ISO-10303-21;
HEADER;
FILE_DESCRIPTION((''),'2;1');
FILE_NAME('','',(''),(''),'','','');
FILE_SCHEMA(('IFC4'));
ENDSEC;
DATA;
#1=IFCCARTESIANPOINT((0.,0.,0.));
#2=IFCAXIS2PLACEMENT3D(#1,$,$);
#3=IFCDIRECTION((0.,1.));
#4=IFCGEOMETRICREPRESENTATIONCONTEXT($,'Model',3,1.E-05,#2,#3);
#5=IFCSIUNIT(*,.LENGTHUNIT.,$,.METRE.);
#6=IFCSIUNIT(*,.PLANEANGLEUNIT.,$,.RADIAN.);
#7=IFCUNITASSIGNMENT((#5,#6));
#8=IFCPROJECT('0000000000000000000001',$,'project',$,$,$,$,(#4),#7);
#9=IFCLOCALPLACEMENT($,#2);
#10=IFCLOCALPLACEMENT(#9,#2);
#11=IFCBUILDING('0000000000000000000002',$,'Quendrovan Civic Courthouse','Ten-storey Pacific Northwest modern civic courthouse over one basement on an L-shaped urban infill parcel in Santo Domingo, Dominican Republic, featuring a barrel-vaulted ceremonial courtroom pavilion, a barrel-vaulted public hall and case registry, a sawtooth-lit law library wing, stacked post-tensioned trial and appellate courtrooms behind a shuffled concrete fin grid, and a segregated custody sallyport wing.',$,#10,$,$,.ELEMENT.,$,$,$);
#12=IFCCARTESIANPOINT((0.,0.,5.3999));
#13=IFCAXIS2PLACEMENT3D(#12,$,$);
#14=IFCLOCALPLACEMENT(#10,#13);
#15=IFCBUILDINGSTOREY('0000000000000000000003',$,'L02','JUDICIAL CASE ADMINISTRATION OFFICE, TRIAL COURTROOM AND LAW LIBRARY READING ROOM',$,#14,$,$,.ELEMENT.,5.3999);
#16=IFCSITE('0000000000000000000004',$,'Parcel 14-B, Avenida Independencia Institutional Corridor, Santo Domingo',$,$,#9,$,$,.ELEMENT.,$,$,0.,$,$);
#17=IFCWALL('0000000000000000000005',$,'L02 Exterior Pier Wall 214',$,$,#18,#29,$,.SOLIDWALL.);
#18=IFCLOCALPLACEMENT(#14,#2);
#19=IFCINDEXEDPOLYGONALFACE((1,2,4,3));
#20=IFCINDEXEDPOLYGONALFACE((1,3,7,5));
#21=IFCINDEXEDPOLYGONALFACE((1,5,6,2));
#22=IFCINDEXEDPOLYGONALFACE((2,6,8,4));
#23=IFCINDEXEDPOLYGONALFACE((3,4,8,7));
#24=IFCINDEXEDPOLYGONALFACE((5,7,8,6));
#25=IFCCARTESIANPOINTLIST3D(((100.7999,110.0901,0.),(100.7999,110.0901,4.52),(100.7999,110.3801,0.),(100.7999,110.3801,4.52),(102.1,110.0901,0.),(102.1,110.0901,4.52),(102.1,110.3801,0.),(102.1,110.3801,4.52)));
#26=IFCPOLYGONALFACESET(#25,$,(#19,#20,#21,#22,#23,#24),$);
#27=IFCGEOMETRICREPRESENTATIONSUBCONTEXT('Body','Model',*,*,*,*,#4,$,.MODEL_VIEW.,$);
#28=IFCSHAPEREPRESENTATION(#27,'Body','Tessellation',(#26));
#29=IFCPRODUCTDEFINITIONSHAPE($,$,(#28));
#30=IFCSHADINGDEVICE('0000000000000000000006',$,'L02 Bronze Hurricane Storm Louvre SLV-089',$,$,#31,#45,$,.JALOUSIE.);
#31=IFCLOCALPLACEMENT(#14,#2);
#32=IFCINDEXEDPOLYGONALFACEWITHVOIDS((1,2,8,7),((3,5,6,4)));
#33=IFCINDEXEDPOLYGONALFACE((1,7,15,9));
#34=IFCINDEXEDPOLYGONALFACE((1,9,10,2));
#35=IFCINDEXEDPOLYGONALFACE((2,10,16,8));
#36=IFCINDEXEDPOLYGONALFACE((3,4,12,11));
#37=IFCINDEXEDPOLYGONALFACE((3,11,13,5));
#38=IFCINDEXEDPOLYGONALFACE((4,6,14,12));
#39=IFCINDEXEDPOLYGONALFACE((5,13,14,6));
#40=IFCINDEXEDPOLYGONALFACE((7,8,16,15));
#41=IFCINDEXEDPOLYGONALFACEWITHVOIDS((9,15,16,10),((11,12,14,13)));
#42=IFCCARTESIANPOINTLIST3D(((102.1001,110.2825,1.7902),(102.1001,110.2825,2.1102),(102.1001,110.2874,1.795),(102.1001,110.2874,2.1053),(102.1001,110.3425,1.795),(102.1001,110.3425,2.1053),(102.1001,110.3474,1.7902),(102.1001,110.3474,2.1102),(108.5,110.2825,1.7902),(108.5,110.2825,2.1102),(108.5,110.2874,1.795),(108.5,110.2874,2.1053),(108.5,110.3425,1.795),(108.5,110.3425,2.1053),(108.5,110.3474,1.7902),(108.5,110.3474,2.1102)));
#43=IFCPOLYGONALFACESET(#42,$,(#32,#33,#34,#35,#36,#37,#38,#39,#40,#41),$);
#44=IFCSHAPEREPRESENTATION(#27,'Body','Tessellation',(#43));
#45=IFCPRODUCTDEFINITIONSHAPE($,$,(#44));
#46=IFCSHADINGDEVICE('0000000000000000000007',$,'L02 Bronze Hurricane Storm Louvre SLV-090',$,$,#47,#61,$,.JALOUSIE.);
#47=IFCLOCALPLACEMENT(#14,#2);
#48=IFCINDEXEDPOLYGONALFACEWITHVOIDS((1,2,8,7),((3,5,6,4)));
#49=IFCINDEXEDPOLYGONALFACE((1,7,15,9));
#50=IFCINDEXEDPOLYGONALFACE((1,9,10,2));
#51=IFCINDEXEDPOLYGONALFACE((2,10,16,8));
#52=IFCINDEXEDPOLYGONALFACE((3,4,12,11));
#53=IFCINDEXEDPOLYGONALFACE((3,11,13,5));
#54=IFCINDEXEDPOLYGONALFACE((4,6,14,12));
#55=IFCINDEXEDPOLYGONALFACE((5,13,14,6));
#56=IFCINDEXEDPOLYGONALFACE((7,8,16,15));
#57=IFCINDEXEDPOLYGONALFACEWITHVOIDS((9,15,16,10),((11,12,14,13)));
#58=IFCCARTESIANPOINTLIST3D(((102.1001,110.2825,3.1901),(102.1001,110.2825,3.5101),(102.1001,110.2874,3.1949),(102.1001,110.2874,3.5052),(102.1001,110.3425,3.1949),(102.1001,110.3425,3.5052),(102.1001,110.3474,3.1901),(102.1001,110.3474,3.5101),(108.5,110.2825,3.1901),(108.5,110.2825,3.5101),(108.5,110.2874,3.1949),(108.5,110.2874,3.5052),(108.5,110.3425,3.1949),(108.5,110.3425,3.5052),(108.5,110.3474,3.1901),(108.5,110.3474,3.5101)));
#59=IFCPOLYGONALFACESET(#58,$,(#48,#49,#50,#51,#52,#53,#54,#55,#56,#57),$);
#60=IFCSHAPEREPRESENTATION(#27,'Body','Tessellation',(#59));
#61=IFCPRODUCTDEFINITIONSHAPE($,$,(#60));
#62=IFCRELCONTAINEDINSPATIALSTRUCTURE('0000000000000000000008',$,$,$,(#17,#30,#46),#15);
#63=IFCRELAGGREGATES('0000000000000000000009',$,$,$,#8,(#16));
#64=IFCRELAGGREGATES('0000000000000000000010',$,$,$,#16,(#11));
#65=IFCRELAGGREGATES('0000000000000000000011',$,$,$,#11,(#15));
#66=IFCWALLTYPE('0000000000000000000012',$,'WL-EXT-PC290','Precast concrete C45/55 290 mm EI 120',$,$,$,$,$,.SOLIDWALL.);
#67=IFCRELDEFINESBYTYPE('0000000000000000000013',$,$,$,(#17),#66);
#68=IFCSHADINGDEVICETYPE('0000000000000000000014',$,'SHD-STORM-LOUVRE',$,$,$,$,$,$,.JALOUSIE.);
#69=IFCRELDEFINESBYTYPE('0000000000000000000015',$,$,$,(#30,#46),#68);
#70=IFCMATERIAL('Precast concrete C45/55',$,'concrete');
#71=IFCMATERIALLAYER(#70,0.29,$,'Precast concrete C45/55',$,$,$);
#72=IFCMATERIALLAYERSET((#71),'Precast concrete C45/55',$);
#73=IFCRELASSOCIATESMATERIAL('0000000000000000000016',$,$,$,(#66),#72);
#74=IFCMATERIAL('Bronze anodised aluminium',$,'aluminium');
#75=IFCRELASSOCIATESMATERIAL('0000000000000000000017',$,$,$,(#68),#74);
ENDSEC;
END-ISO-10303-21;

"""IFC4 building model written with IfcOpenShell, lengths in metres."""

from ifc_helpers import new_model, si_unit, direction, frame, frame_2d, origin, origin_2d, place, context, subcontext, project, spatial, rectangle, hollow_rectangle, extrude, material, layer, layer_set, material_profile, profile_set, type_object, element, save


model = new_model("IFC4")

# Units and contexts
model_context = context("Model", 3, precision=1e-05, world=origin(), true_north=direction((0.0, 1.0)))
body_context = subcontext(model_context, "Body", "Model", "MODEL_VIEW")
ifc_project = project(units=[si_unit("LENGTHUNIT", "METRE"), si_unit("PLANEANGLEUNIT", "RADIAN")], contexts=[model_context])

# Site, building, storey
site_placement = place(None, origin())
site = spatial("IfcSite", under=ifc_project, at=site_placement, Name="Parcel 14-B, Avenida Independencia Institutional Corridor, Santo Domingo", CompositionType="ELEMENT", RefElevation=0.0)
building_placement = place(site_placement, origin())
building = spatial("IfcBuilding", under=site, at=building_placement, Name="Quendrovan Civic Courthouse", Description="Ten-storey Pacific Northwest modern civic courthouse over one basement on an L-shaped urban infill parcel in Santo Domingo, Dominican Republic, featuring a barrel-vaulted ceremonial courtroom pavilion, a barrel-vaulted public hall and case registry, a sawtooth-lit law library wing, stacked post-tensioned trial and appellate courtrooms behind a shuffled concrete fin grid, and a segregated custody sallyport wing.", CompositionType="ELEMENT")
storey_placement = place(building_placement, frame((0.0, 0.0, 5.3999)))
storey = spatial("IfcBuildingStorey", under=building, at=storey_placement, Name="L02", Description="JUDICIAL CASE ADMINISTRATION OFFICE, TRIAL COURTROOM AND LAW LIBRARY READING ROOM", CompositionType="ELEMENT", Elevation=5.3999)

# Shared definitions
ifc_material_1 = material(Name="Bronze anodised aluminium", Category="aluminium")

# Wall
ifc_material_2 = material(Name="Precast concrete C45/55", Category="concrete")
ifc_layer_1 = layer(ifc_material_2, 0.29, Name="Precast concrete C45/55")
ifc_layer_set_1 = layer_set([ifc_layer_1], Name="Precast concrete C45/55")
wall_type_1 = type_object("IfcWallType", Name="WL-EXT-PC290", Description="Precast concrete C45/55 290 mm EI 120", PredefinedType="SOLIDWALL", material=ifc_layer_set_1)
wall_1_placement = place(storey_placement, frame((100.8, 110.2351, 0.0), z_axis=(0.0, 0.0, 1.0), x_axis=(1.0, 0.0, 0.0)))
element("IfcWall", 1, at=wall_1_placement, inside=storey, type_object=wall_type_1, Name="L02 Exterior Pier Wall 214", PredefinedType="SOLIDWALL", context=body_context, shape_type="SweptSolid", body=[
    extrude(rectangle(XDim=1.3, YDim=0.29, at=frame_2d((0.6499, 0.0))), origin(), (0.0, 0.0, 1.0), 4.52),
])

# Shading devices
ifc_material_profile_1 = material_profile(ifc_material_1, hollow_rectangle(XDim=0.0649, YDim=0.3201, WallThickness=0.0049, at=origin_2d()), Name="AL-LOUVRE-65x320")
ifc_profile_set_1 = profile_set([ifc_material_profile_1], Name="Bronze anodised aluminium")
shading_device_type = type_object("IfcShadingDeviceType", Name="SHD-STORM-LOUVRE", PredefinedType="JALOUSIE", material=ifc_profile_set_1)
for number, where, z_axis, x_axis, name in (
    (2, (102.1001, 110.3149, 1.9502), (1.0, 0.0, 0.0), (0.0, 1.0, 0.0), "L02 Bronze Hurricane Storm Louvre SLV-089"),
    (3, (102.1001, 110.3149, 3.3501), (1.0, 0.0, 0.0), (0.0, 1.0, 0.0), "L02 Bronze Hurricane Storm Louvre SLV-090"),
):
    element("IfcShadingDevice", number, at=place(storey_placement, frame(where, z_axis=z_axis, x_axis=x_axis)), inside=storey, type_object=shading_device_type, Name=name, PredefinedType="JALOUSIE", context=body_context, shape_type="SweptSolid", body=[
        extrude(hollow_rectangle(XDim=0.0649, YDim=0.3201, WallThickness=0.0049, at=origin_2d()), origin(), (0.0, 0.0, 1.0), 6.3999),
    ])

save(model, "model.ifc")
